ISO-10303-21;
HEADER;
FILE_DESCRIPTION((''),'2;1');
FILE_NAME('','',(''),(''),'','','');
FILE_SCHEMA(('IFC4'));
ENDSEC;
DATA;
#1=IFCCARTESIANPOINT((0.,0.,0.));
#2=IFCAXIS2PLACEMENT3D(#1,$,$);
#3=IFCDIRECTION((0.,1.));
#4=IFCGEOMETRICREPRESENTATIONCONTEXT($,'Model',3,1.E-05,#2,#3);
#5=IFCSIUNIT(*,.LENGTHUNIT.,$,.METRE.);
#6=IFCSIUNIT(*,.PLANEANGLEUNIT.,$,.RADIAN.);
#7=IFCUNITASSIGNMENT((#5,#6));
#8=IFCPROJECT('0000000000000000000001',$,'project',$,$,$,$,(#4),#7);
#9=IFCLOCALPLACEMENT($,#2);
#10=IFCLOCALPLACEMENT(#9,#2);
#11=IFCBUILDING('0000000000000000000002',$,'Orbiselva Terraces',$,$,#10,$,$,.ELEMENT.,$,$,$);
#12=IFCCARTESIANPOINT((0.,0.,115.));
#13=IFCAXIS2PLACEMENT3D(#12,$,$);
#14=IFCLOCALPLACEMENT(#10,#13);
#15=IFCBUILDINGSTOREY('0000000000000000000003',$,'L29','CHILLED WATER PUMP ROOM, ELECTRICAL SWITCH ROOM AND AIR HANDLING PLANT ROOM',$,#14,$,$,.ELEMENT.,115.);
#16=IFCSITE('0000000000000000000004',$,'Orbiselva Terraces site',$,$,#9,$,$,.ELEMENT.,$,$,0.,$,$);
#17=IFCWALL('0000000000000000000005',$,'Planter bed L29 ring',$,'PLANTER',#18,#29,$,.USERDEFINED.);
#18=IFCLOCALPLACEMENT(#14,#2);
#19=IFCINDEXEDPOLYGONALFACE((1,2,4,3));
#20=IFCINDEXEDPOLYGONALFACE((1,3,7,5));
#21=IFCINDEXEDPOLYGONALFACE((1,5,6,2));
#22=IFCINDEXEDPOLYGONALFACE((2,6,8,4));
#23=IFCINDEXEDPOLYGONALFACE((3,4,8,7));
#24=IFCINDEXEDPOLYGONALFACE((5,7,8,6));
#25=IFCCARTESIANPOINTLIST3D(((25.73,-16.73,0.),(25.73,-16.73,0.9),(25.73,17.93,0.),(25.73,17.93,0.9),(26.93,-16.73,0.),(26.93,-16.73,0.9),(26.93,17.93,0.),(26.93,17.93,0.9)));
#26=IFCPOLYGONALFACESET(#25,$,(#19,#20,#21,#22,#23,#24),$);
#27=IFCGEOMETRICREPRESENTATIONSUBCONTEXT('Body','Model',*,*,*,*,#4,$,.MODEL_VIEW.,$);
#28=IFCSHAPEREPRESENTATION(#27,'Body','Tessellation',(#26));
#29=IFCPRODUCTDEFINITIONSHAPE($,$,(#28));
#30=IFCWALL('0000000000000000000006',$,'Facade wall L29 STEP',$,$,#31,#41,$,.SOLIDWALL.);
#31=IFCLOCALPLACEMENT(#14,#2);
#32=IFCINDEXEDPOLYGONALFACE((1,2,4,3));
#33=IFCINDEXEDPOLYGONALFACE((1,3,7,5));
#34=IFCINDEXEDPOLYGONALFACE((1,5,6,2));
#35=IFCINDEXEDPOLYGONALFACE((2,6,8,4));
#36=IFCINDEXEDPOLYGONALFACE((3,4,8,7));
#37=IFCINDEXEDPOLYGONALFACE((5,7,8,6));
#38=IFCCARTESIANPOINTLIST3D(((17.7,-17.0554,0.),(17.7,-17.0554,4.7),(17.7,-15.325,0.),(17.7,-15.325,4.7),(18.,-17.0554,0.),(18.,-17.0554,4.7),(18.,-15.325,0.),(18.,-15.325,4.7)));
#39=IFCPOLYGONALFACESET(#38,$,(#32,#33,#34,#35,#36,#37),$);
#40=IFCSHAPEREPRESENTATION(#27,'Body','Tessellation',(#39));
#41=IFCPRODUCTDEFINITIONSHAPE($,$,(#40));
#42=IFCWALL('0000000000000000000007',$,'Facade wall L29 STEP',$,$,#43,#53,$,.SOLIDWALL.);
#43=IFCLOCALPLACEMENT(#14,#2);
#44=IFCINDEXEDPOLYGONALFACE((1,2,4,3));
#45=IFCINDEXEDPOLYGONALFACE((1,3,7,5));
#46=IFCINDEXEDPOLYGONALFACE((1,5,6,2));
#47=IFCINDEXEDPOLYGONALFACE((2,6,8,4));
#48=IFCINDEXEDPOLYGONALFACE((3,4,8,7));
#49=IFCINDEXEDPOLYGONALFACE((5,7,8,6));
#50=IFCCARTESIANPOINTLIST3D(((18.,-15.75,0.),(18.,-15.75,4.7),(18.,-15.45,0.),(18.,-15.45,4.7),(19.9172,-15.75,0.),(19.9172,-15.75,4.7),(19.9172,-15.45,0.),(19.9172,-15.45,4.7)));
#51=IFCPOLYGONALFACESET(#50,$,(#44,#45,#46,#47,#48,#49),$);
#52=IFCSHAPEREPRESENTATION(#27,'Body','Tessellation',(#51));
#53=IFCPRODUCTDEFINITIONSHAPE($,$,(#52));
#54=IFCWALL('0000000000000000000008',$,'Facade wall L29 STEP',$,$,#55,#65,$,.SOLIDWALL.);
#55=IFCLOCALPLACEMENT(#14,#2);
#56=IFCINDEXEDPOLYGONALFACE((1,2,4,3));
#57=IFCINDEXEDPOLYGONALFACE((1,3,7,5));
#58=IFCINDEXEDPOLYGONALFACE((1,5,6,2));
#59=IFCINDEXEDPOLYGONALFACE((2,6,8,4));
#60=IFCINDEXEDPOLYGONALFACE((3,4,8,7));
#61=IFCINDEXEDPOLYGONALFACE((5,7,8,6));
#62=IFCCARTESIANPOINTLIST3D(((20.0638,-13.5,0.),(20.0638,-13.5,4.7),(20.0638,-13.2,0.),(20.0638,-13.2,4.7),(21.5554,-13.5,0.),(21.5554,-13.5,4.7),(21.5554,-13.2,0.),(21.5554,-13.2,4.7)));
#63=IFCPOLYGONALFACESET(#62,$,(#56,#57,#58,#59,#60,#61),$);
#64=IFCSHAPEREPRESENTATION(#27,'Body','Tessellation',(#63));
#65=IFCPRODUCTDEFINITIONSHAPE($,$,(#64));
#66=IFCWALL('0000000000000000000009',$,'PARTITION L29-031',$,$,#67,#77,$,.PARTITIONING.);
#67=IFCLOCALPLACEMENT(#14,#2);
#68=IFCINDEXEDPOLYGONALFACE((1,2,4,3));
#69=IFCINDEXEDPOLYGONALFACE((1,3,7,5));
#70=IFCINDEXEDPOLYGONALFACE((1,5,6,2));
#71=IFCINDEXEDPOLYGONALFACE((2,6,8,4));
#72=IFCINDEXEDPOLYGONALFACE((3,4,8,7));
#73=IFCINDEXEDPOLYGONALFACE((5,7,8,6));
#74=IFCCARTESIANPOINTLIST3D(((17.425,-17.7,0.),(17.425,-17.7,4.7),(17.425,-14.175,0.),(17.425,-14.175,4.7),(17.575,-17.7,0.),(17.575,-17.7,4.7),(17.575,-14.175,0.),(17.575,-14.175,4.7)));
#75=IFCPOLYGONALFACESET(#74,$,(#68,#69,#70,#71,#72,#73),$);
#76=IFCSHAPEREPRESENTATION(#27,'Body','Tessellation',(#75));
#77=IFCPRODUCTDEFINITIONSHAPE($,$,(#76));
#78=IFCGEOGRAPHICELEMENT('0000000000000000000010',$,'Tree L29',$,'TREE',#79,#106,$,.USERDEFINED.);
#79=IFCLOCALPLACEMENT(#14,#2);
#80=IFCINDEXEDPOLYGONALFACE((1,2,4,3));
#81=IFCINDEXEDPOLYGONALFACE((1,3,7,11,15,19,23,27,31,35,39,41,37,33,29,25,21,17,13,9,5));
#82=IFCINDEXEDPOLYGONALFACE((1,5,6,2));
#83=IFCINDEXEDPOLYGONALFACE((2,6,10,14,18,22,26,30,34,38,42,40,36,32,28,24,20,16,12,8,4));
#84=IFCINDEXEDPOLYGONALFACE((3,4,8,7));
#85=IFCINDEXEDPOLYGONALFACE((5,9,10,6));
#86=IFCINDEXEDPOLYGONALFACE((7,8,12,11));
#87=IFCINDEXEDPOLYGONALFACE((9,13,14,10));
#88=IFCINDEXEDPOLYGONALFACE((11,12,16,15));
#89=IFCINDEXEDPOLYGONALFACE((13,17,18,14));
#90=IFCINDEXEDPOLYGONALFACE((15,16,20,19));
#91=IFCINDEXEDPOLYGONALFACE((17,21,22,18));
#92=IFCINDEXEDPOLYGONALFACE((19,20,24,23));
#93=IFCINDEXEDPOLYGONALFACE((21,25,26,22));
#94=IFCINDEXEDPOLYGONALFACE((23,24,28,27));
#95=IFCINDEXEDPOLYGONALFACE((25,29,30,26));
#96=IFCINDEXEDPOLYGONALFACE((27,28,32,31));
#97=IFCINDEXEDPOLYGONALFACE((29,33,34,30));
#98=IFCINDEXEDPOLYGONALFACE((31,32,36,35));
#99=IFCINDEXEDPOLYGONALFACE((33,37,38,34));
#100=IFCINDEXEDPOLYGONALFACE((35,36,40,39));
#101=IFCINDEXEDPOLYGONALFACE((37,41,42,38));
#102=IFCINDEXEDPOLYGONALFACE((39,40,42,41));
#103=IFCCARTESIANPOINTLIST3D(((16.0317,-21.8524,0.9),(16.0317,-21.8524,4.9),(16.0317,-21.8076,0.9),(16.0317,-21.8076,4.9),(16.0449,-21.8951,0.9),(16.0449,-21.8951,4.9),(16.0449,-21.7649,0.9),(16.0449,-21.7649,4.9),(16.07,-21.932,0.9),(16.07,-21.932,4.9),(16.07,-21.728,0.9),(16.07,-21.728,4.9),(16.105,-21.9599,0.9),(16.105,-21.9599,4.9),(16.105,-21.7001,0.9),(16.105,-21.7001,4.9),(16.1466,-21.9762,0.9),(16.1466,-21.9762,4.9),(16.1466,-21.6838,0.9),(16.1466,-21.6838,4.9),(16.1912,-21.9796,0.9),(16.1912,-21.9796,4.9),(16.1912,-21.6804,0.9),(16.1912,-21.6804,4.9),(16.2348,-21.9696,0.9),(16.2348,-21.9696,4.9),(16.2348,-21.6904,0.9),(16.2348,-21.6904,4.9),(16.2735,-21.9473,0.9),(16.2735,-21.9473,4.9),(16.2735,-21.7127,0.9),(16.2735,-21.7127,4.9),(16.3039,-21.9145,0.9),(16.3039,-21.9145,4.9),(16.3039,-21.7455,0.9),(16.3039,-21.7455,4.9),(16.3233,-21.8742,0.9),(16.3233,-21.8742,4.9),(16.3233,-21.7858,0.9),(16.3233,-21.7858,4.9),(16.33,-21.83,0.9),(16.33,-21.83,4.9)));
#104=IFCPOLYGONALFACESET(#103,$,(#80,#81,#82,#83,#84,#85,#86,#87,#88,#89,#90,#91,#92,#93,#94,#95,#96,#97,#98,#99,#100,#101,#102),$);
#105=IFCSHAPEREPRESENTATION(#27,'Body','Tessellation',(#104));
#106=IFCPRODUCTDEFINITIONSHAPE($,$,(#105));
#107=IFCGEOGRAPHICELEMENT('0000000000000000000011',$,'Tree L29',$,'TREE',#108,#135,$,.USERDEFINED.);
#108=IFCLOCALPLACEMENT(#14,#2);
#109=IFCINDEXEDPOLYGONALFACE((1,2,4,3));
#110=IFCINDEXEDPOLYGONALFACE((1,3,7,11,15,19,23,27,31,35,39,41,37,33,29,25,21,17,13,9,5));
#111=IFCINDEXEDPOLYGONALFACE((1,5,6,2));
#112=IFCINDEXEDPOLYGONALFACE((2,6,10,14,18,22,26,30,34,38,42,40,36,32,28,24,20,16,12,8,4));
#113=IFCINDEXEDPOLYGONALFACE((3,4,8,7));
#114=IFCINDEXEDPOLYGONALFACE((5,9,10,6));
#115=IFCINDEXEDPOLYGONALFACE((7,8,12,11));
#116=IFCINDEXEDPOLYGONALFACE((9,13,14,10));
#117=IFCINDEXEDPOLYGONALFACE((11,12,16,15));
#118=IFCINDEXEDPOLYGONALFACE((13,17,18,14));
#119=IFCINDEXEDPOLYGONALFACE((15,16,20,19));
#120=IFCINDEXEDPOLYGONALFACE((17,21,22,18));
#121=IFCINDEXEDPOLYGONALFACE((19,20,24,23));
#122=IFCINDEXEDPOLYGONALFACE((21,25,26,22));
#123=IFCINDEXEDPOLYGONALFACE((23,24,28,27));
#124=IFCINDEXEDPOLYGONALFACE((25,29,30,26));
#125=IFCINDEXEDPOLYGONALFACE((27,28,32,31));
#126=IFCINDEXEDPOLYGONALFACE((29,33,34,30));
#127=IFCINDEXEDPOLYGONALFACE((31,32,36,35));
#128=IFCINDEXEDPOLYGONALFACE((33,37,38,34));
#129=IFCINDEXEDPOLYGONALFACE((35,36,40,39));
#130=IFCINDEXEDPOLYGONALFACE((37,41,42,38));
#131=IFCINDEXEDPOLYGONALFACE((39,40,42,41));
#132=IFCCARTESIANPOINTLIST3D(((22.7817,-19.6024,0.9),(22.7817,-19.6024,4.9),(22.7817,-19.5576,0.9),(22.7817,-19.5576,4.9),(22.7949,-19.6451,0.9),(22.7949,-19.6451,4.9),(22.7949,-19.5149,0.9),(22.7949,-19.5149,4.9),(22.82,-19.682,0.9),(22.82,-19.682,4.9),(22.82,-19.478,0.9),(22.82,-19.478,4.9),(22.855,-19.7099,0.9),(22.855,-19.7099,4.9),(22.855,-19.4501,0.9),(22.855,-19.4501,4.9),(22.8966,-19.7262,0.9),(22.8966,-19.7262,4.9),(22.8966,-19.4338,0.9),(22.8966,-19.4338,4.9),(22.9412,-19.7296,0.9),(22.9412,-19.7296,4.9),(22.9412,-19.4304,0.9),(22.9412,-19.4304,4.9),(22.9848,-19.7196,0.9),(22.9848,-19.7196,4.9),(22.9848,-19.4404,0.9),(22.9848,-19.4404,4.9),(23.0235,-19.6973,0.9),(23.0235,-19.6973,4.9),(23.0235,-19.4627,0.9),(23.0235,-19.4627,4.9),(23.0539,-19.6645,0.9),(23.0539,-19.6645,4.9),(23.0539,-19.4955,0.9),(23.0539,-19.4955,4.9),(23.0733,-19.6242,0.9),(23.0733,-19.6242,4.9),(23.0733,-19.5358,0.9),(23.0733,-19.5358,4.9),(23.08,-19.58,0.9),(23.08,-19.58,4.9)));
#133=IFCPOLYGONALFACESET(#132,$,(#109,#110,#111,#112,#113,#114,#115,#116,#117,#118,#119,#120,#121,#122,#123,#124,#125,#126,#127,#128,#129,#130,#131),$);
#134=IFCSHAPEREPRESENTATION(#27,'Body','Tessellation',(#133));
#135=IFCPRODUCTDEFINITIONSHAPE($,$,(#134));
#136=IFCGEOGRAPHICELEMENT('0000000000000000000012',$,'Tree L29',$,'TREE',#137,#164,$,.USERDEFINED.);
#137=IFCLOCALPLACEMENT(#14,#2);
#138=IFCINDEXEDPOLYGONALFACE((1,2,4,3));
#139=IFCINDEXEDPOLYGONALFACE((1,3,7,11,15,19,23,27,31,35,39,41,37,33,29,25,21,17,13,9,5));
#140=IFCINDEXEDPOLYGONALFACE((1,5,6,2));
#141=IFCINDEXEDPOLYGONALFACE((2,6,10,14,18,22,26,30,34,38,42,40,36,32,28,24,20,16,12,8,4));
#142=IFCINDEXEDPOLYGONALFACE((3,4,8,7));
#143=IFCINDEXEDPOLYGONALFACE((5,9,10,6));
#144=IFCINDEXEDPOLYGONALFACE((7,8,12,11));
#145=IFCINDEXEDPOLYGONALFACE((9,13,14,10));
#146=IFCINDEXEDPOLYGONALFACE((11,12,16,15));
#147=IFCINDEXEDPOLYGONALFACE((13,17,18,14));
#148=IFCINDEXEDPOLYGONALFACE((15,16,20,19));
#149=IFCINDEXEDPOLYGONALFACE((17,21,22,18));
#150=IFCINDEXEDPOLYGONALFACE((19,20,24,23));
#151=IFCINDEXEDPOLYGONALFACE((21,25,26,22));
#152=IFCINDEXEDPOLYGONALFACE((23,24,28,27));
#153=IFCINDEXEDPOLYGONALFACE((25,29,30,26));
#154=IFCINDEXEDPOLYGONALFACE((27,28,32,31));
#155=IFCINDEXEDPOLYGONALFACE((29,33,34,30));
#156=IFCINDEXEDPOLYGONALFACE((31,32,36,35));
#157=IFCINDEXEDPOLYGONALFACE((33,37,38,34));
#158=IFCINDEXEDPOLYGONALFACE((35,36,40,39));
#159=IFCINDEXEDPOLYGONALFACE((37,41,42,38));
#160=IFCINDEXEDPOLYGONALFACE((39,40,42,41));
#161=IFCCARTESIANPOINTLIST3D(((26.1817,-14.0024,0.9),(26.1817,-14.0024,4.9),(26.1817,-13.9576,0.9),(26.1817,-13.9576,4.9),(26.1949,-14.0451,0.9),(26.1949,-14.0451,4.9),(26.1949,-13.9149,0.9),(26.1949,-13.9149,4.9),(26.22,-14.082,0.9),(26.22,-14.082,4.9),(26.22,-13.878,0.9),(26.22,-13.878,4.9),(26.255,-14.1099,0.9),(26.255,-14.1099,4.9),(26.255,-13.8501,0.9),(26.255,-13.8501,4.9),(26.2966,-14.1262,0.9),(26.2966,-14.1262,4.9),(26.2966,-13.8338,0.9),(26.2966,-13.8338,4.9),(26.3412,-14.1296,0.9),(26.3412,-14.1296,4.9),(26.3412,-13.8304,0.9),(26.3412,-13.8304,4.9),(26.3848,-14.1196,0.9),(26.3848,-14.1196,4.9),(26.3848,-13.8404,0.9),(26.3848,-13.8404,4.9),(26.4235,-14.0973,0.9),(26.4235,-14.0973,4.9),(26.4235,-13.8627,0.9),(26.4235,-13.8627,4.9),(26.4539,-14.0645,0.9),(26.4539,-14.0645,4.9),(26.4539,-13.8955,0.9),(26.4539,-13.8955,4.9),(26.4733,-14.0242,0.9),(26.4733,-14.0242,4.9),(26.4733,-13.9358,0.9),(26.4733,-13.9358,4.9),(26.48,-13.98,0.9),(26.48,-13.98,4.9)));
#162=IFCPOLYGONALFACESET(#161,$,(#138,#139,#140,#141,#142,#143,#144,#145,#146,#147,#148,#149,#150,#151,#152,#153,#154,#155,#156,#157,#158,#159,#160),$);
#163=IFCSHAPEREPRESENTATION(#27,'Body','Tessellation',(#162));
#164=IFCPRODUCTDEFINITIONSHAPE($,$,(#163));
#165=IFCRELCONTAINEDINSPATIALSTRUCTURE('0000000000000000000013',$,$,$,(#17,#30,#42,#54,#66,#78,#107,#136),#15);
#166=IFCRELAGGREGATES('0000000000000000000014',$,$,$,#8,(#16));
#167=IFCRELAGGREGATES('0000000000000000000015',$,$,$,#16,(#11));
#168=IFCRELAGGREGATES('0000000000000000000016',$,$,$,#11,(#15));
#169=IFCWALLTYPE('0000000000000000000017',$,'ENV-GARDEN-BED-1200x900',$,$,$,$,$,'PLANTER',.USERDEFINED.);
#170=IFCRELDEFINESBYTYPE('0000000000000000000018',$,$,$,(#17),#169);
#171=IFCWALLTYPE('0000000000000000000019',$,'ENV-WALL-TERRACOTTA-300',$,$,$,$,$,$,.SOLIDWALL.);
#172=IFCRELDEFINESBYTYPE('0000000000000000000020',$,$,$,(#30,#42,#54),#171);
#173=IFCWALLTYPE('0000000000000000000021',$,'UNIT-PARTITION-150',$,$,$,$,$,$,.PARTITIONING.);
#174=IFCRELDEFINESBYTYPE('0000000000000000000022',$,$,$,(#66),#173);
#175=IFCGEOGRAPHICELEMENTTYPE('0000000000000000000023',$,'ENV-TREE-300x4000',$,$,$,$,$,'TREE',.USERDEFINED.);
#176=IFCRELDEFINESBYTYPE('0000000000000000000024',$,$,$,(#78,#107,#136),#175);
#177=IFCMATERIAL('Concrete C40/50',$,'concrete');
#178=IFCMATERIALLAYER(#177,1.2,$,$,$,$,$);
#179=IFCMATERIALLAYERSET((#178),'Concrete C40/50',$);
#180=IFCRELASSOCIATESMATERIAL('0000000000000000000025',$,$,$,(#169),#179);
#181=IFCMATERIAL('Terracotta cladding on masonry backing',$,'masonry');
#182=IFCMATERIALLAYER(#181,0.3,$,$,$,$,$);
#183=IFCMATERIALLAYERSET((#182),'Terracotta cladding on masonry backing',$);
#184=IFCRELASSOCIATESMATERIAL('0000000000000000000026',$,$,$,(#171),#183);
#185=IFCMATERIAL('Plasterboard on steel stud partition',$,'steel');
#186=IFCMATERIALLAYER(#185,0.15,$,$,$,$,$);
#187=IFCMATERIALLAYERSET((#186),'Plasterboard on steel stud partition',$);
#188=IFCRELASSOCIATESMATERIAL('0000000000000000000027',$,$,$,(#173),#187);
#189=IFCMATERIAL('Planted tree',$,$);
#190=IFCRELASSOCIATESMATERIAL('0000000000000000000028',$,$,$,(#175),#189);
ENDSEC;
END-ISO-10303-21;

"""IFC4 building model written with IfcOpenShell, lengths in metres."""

from ifc_helpers import new_model, si_unit, direction, frame, frame_2d, origin, origin_2d, place, context, subcontext, project, spatial, rectangle, circle, extrude, material, layer, layer_set, type_object, element, save


model = new_model("IFC4")

# Units and contexts
model_context = context("Model", 3, precision=1e-05, world=origin(), true_north=direction((0.0, 1.0)))
body_context = subcontext(model_context, "Body", "Model", "MODEL_VIEW")
ifc_project = project(units=[si_unit("LENGTHUNIT", "METRE"), si_unit("PLANEANGLEUNIT", "RADIAN")], contexts=[model_context])

# Site, building, storey
site_placement = place(None, origin())
site = spatial("IfcSite", under=ifc_project, at=site_placement, Name="Orbiselva Terraces site", CompositionType="ELEMENT", RefElevation=0.0)
building_placement = place(site_placement, origin())
building = spatial("IfcBuilding", under=site, at=building_placement, Name="Orbiselva Terraces", CompositionType="ELEMENT")
storey_placement = place(building_placement, frame((0.0, 0.0, 115.0)))
storey = spatial("IfcBuildingStorey", under=building, at=storey_placement, Name="L29", Description="CHILLED WATER PUMP ROOM, ELECTRICAL SWITCH ROOM AND AIR HANDLING PLANT ROOM", CompositionType="ELEMENT", Elevation=115.0)

# Walls
ifc_material_1 = material(Name="Concrete C40/50", Category="concrete")
ifc_layer_1 = layer(ifc_material_1, 1.2)
ifc_layer_set_1 = layer_set([ifc_layer_1], Name="Concrete C40/50")
wall_type_1 = type_object("IfcWallType", Name="ENV-GARDEN-BED-1200x900", ElementType="PLANTER", PredefinedType="USERDEFINED", material=ifc_layer_set_1)
wall_1_placement = place(storey_placement, frame((26.33, -16.73, 0.0), z_axis=(0.0, 0.0, 1.0), x_axis=(0.0, 1.0, 0.0)))
element("IfcWall", 1, at=wall_1_placement, inside=storey, type_object=wall_type_1, Name="Planter bed L29 ring", ObjectType="PLANTER", PredefinedType="USERDEFINED", context=body_context, shape_type="SweptSolid", body=[
    extrude(rectangle(XDim=34.66, YDim=1.2, at=frame_2d((17.33, 0.0))), origin(), (0.0, 0.0, 1.0), 0.9),
])
ifc_material_2 = material(Name="Terracotta cladding on masonry backing", Category="masonry")
ifc_layer_2 = layer(ifc_material_2, 0.3)
ifc_layer_set_2 = layer_set([ifc_layer_2], Name="Terracotta cladding on masonry backing")
wall_type_2 = type_object("IfcWallType", Name="ENV-WALL-TERRACOTTA-300", PredefinedType="SOLIDWALL", material=ifc_layer_set_2)
wall_2_placement = place(storey_placement, frame((17.85, -15.325, 0.0), z_axis=(0.0, 0.0, 1.0), x_axis=(0.0, -1.0, 0.0)))
element("IfcWall", 2, at=wall_2_placement, inside=storey, type_object=wall_type_2, Name="Facade wall L29 STEP", PredefinedType="SOLIDWALL", context=body_context, shape_type="SweptSolid", body=[
    extrude(rectangle(XDim=1.7304, YDim=0.3, at=frame_2d((0.8652, 0.0))), origin(), (0.0, 0.0, 1.0), 4.7),
])
wall_3_placement = place(storey_placement, frame((19.9172, -15.6, 0.0), z_axis=(0.0, 0.0, 1.0), x_axis=(-1.0, 0.0, 0.0)))
element("IfcWall", 3, at=wall_3_placement, inside=storey, type_object=wall_type_2, Name="Facade wall L29 STEP", PredefinedType="SOLIDWALL", context=body_context, shape_type="SweptSolid", body=[
    extrude(rectangle(XDim=1.9172, YDim=0.3, at=frame_2d((0.9586, 0.0))), origin(), (0.0, 0.0, 1.0), 4.7),
])
wall_4_placement = place(storey_placement, frame((21.5554, -13.35, 0.0), z_axis=(0.0, 0.0, 1.0), x_axis=(-1.0, 0.0, 0.0)))
element("IfcWall", 4, at=wall_4_placement, inside=storey, type_object=wall_type_2, Name="Facade wall L29 STEP", PredefinedType="SOLIDWALL", context=body_context, shape_type="SweptSolid", body=[
    extrude(rectangle(XDim=1.4917, YDim=0.3, at=frame_2d((0.7458, 0.0))), origin(), (0.0, 0.0, 1.0), 4.7),
])
ifc_material_3 = material(Name="Plasterboard on steel stud partition", Category="steel")
ifc_layer_3 = layer(ifc_material_3, 0.15)
ifc_layer_set_3 = layer_set([ifc_layer_3], Name="Plasterboard on steel stud partition")
wall_type_3 = type_object("IfcWallType", Name="UNIT-PARTITION-150", PredefinedType="PARTITIONING", material=ifc_layer_set_3)
wall_5_placement = place(storey_placement, frame((17.5, -17.7, 0.0), z_axis=(0.0, 0.0, 1.0), x_axis=(0.0, 1.0, 0.0)))
element("IfcWall", 5, at=wall_5_placement, inside=storey, type_object=wall_type_3, Name="PARTITION L29-031", PredefinedType="PARTITIONING", context=body_context, shape_type="SweptSolid", body=[
    extrude(rectangle(XDim=3.525, YDim=0.15, at=frame_2d((1.7625, 0.0))), origin(), (0.0, 0.0, 1.0), 4.7),
])

# Geographic elements
ifc_material_4 = material(Name="Planted tree")
geographic_element_type = type_object("IfcGeographicElementType", Name="ENV-TREE-300x4000", ElementType="TREE", PredefinedType="USERDEFINED", material=ifc_material_4)
for number, where, z_axis, x_axis, name in (
    (6, (16.18, -21.83, 4.9), (0.0, 0.0, -1.0), (1.0, 0.0, 0.0), "Tree L29"),
    (7, (22.93, -19.58, 4.9), (0.0, 0.0, -1.0), (1.0, 0.0, 0.0), "Tree L29"),
    (8, (26.33, -13.98, 4.9), (0.0, 0.0, -1.0), (1.0, 0.0, 0.0), "Tree L29"),
):
    element("IfcGeographicElement", number, at=place(storey_placement, frame(where, z_axis=z_axis, x_axis=x_axis)), inside=storey, type_object=geographic_element_type, Name=name, ObjectType="TREE", PredefinedType="USERDEFINED", context=body_context, shape_type="SweptSolid", body=[
        extrude(circle(Radius=0.15, at=origin_2d()), origin(), (0.0, 0.0, 1.0), 4.0),
    ])

save(model, "model.ifc")
